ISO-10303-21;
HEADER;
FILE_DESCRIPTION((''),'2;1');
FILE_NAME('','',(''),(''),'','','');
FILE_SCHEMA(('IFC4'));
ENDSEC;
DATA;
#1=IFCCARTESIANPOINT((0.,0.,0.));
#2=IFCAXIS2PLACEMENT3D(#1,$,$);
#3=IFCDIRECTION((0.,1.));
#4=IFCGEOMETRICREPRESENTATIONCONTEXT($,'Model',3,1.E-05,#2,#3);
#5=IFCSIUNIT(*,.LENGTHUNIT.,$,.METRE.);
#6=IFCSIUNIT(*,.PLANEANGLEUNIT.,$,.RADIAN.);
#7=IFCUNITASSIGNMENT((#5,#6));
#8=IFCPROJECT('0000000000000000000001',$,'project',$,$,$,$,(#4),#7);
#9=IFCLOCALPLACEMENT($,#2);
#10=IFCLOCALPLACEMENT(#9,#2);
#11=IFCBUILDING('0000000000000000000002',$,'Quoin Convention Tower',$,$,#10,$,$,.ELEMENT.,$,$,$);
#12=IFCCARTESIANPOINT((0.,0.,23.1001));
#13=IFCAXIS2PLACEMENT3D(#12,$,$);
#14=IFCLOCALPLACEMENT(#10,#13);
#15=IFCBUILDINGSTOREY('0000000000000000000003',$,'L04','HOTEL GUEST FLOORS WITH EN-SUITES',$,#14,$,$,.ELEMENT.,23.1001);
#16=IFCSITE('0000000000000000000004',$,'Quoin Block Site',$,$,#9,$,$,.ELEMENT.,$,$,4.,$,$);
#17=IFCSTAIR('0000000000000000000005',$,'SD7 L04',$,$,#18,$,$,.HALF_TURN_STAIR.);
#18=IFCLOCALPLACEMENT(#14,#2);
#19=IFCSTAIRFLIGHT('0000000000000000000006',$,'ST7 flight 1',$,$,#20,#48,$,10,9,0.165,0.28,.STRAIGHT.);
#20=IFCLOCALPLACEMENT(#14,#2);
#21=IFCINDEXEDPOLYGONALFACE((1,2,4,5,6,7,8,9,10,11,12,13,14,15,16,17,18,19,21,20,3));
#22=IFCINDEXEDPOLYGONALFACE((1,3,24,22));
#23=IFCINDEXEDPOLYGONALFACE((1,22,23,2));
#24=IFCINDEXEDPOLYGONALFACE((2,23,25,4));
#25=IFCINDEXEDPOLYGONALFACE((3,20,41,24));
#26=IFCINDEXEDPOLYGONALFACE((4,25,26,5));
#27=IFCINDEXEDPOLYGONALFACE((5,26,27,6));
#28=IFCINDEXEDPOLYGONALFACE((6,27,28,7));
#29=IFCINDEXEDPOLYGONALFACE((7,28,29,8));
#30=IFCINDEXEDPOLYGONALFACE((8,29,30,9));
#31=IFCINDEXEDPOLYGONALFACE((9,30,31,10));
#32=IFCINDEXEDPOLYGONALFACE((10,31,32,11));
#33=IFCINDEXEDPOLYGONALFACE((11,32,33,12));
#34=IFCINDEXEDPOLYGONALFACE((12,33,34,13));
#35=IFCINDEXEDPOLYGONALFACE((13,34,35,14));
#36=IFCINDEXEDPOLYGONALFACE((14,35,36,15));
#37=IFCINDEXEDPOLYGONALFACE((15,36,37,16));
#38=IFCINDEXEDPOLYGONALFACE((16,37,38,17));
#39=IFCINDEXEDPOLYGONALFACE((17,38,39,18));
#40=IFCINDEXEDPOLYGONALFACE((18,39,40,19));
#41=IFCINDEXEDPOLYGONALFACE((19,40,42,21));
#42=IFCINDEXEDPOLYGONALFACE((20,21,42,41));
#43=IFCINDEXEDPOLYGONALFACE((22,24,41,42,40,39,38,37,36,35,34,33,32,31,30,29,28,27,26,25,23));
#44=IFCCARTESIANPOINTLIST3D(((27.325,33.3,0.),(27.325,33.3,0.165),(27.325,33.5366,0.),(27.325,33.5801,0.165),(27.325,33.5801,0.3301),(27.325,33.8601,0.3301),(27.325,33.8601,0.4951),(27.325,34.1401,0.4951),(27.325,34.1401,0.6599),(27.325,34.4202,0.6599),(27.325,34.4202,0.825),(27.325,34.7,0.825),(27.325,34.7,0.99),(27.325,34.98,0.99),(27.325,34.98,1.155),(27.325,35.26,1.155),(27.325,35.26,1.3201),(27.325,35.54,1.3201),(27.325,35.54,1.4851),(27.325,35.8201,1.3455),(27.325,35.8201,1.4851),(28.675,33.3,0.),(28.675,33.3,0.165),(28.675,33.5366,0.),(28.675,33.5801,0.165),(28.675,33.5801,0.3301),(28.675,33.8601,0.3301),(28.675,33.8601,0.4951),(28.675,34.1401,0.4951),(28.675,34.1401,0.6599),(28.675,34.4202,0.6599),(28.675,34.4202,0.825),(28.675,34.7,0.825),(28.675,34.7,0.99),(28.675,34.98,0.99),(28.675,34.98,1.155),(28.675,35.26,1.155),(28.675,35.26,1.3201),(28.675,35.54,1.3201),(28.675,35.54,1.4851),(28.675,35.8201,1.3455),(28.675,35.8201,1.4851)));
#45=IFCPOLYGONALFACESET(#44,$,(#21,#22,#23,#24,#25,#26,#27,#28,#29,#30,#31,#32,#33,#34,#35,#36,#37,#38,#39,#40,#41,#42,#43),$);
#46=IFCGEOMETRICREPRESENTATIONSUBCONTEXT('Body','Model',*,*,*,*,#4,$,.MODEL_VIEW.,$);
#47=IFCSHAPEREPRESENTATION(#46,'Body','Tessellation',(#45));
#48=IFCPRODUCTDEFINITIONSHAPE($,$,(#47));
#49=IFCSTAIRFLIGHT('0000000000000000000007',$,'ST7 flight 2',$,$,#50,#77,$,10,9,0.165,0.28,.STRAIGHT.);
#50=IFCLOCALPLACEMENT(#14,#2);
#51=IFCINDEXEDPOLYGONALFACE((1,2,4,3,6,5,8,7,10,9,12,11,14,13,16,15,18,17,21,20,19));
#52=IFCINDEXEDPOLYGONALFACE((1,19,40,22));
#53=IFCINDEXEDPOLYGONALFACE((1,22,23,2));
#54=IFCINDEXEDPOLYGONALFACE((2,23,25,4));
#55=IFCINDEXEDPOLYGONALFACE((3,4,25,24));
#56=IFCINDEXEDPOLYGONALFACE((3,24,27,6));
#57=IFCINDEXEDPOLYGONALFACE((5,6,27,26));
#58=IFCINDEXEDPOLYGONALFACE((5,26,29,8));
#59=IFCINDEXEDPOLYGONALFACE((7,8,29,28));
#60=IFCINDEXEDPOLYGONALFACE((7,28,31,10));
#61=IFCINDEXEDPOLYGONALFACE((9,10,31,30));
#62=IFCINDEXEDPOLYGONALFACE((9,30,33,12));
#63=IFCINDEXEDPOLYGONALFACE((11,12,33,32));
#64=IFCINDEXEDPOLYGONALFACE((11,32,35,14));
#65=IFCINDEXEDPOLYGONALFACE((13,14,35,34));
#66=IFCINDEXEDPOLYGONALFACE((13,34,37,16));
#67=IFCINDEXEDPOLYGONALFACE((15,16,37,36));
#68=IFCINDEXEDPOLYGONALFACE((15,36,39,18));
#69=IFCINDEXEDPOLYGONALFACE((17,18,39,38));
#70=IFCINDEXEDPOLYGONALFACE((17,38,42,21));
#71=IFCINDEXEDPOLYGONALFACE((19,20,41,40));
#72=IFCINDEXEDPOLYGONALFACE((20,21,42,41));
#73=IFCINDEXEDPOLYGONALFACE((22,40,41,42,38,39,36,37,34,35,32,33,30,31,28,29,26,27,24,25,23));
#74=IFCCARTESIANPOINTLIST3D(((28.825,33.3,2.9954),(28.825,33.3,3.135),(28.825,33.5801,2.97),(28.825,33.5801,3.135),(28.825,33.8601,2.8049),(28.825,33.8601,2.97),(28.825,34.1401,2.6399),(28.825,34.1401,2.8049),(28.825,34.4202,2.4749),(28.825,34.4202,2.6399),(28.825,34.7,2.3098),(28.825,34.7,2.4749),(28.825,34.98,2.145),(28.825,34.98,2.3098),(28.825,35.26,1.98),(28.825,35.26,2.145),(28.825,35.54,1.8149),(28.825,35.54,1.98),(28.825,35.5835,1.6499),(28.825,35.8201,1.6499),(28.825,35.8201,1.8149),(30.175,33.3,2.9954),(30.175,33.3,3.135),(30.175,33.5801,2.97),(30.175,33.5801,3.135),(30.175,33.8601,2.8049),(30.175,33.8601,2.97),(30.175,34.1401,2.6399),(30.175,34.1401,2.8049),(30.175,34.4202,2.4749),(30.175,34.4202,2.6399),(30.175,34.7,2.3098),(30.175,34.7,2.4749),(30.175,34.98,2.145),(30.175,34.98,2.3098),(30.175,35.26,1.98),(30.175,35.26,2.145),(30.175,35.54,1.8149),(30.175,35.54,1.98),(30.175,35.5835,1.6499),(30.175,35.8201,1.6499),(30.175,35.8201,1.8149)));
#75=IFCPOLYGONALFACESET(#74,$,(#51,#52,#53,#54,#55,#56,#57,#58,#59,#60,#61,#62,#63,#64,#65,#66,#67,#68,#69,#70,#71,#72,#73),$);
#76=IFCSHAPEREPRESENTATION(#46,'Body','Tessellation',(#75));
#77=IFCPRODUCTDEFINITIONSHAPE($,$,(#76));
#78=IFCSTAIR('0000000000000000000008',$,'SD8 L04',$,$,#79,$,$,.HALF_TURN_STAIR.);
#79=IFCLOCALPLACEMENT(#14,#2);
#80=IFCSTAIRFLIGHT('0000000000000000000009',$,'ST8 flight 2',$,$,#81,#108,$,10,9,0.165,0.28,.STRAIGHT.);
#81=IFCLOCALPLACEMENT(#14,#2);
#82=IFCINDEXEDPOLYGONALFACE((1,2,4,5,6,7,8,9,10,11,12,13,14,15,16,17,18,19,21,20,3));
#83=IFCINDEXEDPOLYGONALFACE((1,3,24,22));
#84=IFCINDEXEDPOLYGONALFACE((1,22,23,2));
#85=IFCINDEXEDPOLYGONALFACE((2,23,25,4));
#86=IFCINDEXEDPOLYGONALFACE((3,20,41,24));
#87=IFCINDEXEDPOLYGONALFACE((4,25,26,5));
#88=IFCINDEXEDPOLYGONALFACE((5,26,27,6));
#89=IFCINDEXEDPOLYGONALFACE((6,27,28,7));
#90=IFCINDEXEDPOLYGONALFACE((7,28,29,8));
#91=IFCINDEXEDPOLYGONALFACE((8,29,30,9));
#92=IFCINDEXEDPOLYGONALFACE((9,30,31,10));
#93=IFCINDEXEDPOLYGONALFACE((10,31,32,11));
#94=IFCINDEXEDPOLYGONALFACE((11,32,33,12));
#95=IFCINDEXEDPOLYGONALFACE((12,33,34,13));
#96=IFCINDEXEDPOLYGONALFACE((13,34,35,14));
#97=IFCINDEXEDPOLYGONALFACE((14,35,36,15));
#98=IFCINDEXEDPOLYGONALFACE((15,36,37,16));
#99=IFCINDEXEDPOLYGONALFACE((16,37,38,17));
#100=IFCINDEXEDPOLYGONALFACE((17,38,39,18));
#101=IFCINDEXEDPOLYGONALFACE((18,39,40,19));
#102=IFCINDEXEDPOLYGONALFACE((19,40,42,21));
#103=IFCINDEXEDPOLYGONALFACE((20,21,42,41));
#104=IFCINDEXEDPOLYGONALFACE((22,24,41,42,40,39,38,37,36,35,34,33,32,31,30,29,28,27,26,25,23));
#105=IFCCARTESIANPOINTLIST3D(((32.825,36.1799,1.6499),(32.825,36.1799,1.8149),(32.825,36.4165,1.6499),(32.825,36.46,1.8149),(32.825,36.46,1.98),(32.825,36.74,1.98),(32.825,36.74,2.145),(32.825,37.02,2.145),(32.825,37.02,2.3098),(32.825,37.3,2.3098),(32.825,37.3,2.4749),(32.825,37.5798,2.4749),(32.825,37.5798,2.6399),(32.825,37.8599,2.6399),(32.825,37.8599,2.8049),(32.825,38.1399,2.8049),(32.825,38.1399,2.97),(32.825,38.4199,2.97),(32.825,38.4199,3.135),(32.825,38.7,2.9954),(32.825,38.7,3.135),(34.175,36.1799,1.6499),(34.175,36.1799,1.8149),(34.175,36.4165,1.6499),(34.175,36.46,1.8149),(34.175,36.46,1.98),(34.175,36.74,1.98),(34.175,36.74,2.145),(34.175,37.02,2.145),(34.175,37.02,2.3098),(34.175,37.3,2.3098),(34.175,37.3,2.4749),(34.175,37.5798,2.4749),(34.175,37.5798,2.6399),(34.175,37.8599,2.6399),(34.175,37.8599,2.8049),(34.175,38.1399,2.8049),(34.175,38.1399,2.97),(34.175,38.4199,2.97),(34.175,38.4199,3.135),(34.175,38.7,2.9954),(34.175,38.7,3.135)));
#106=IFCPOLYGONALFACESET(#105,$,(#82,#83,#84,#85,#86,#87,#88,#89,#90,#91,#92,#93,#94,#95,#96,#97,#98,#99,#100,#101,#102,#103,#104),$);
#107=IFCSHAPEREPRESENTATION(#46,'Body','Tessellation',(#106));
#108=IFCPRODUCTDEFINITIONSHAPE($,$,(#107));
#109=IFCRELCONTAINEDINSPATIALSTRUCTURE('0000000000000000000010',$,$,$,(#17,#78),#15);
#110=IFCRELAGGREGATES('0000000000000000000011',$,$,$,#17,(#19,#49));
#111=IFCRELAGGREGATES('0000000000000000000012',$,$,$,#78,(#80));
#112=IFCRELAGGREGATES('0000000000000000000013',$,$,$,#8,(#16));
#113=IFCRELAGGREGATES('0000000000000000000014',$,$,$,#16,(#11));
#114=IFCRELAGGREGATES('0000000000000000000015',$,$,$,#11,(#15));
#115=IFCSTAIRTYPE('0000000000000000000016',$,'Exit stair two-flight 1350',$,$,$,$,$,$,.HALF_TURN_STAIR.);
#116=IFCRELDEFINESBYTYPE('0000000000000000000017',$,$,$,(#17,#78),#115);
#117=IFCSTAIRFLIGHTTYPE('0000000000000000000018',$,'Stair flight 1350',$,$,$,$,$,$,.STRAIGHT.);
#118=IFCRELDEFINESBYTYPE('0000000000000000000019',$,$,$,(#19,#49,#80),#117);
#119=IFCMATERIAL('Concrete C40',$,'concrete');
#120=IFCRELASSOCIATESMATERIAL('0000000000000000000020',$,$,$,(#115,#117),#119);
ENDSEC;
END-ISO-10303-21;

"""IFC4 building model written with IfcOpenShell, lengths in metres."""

from ifc_helpers import new_model, si_unit, direction, frame, origin, place, context, subcontext, project, spatial, polyline, outline, extrude, material, type_object, element, aggregate, save


model = new_model("IFC4")

# Units and contexts
model_context = context("Model", 3, precision=1e-05, world=origin(), true_north=direction((0.0, 1.0)))
body_context = subcontext(model_context, "Body", "Model", "MODEL_VIEW")
ifc_project = project(units=[si_unit("LENGTHUNIT", "METRE"), si_unit("PLANEANGLEUNIT", "RADIAN")], contexts=[model_context])

# Site, building, storey
site_placement = place(None, origin())
site = spatial("IfcSite", under=ifc_project, at=site_placement, Name="Quoin Block Site", CompositionType="ELEMENT", RefElevation=4.0)
building_placement = place(site_placement, origin())
building = spatial("IfcBuilding", under=site, at=building_placement, Name="Quoin Convention Tower", CompositionType="ELEMENT")
storey_placement = place(building_placement, frame((0.0, 0.0, 23.1001)))
storey = spatial("IfcBuildingStorey", under=building, at=storey_placement, Name="L04", Description="HOTEL GUEST FLOORS WITH EN-SUITES", CompositionType="ELEMENT", Elevation=23.1001)

# Stair, stair flights
ifc_material_1 = material(Name="Concrete C40", Category="concrete")
stair_type = type_object("IfcStairType", Name="Exit stair two-flight 1350", PredefinedType="HALF_TURN_STAIR", material=ifc_material_1)
stair_flight_type = type_object("IfcStairFlightType", Name="Stair flight 1350", PredefinedType="STRAIGHT", material=ifc_material_1)
stair_1_placement = place(storey_placement, origin())
stair_1 = element("IfcStair", 1, at=stair_1_placement, inside=storey, type_object=stair_type, Name="SD7 L04", PredefinedType="HALF_TURN_STAIR")
stair_flight_1_placement = place(storey_placement, frame((28.0, 33.3, 0.0), z_axis=(0.0, 0.0, 1.0), x_axis=(0.0, 1.0, 0.0)))
stair_flight_1 = element("IfcStairFlight", 2, at=stair_flight_1_placement, type_object=stair_flight_type, Name="ST7 flight 1", NumberOfRisers=10, NumberOfTreads=9, PredefinedType="STRAIGHT", RiserHeight=0.165, TreadLength=0.28, context=body_context, shape_type="SweptSolid", body=[
    extrude(outline(polyline([(0.0, 0.0), (0.0, 0.165), (0.28, 0.165), (0.28, 0.3301), (0.5601, 0.3301), (0.5601, 0.4951), (0.8401, 0.4951), (0.8401, 0.6599), (1.1201, 0.6599), (1.1201, 0.825), (1.3999, 0.825), (1.3999, 0.99), (1.6799, 0.99), (1.6799, 1.155), (1.96, 1.155), (1.96, 1.3201), (2.24, 1.3201), (2.24, 1.4851), (2.52, 1.4851), (2.52, 1.6499), (2.52, 1.3455), (0.2366, 0.0), (0.0, 0.0)])), frame((0.0, 0.675, 0.0), z_axis=(0.0, -1.0, 0.0), x_axis=(1.0, 0.0, 0.0)), (0.0, 0.0, 1.0), 1.3501),
])
stair_flight_2_placement = place(storey_placement, frame((29.5, 35.8201, 1.6499), z_axis=(0.0, 0.0, 1.0), x_axis=(0.0, -1.0, 0.0)))
stair_flight_2 = element("IfcStairFlight", 3, at=stair_flight_2_placement, type_object=stair_flight_type, Name="ST7 flight 2", NumberOfRisers=10, NumberOfTreads=9, PredefinedType="STRAIGHT", RiserHeight=0.165, TreadLength=0.28, context=body_context, shape_type="SweptSolid", body=[
    extrude(outline(polyline([(0.0, 0.0), (0.0, 0.165), (0.28, 0.165), (0.28, 0.3301), (0.5601, 0.3301), (0.5601, 0.4951), (0.8401, 0.4951), (0.8401, 0.6599), (1.1201, 0.6599), (1.1201, 0.825), (1.3999, 0.825), (1.3999, 0.99), (1.6799, 0.99), (1.6799, 1.155), (1.96, 1.155), (1.96, 1.3201), (2.24, 1.3201), (2.24, 1.4851), (2.52, 1.4851), (2.52, 1.6499), (2.52, 1.3455), (0.2366, 0.0), (0.0, 0.0)])), frame((0.0, 0.675, 0.0), z_axis=(0.0, -1.0, 0.0), x_axis=(1.0, 0.0, 0.0)), (0.0, 0.0, 1.0), 1.3501),
])
aggregate(stair_1, [stair_flight_1, stair_flight_2])

# Stair, stair flight
stair_2_placement = place(storey_placement, origin())
stair_2 = element("IfcStair", 4, at=stair_2_placement, inside=storey, type_object=stair_type, Name="SD8 L04", PredefinedType="HALF_TURN_STAIR")
stair_flight_3_placement = place(storey_placement, frame((33.5, 36.1799, 1.6499), z_axis=(0.0, 0.0, 1.0), x_axis=(0.0, 1.0, 0.0)))
stair_flight_3 = element("IfcStairFlight", 5, at=stair_flight_3_placement, type_object=stair_flight_type, Name="ST8 flight 2", NumberOfRisers=10, NumberOfTreads=9, PredefinedType="STRAIGHT", RiserHeight=0.165, TreadLength=0.28, context=body_context, shape_type="SweptSolid", body=[
    extrude(outline(polyline([(0.0, 0.0), (0.0, 0.165), (0.28, 0.165), (0.28, 0.3301), (0.5601, 0.3301), (0.5601, 0.4951), (0.8401, 0.4951), (0.8401, 0.6599), (1.1201, 0.6599), (1.1201, 0.825), (1.3999, 0.825), (1.3999, 0.99), (1.6799, 0.99), (1.6799, 1.155), (1.96, 1.155), (1.96, 1.3201), (2.24, 1.3201), (2.24, 1.4851), (2.52, 1.4851), (2.52, 1.6499), (2.52, 1.3455), (0.2366, 0.0), (0.0, 0.0)])), frame((0.0, 0.675, 0.0), z_axis=(0.0, -1.0, 0.0), x_axis=(1.0, 0.0, 0.0)), (0.0, 0.0, 1.0), 1.3501),
])
aggregate(stair_2, [stair_flight_3])

save(model, "model.ifc")
